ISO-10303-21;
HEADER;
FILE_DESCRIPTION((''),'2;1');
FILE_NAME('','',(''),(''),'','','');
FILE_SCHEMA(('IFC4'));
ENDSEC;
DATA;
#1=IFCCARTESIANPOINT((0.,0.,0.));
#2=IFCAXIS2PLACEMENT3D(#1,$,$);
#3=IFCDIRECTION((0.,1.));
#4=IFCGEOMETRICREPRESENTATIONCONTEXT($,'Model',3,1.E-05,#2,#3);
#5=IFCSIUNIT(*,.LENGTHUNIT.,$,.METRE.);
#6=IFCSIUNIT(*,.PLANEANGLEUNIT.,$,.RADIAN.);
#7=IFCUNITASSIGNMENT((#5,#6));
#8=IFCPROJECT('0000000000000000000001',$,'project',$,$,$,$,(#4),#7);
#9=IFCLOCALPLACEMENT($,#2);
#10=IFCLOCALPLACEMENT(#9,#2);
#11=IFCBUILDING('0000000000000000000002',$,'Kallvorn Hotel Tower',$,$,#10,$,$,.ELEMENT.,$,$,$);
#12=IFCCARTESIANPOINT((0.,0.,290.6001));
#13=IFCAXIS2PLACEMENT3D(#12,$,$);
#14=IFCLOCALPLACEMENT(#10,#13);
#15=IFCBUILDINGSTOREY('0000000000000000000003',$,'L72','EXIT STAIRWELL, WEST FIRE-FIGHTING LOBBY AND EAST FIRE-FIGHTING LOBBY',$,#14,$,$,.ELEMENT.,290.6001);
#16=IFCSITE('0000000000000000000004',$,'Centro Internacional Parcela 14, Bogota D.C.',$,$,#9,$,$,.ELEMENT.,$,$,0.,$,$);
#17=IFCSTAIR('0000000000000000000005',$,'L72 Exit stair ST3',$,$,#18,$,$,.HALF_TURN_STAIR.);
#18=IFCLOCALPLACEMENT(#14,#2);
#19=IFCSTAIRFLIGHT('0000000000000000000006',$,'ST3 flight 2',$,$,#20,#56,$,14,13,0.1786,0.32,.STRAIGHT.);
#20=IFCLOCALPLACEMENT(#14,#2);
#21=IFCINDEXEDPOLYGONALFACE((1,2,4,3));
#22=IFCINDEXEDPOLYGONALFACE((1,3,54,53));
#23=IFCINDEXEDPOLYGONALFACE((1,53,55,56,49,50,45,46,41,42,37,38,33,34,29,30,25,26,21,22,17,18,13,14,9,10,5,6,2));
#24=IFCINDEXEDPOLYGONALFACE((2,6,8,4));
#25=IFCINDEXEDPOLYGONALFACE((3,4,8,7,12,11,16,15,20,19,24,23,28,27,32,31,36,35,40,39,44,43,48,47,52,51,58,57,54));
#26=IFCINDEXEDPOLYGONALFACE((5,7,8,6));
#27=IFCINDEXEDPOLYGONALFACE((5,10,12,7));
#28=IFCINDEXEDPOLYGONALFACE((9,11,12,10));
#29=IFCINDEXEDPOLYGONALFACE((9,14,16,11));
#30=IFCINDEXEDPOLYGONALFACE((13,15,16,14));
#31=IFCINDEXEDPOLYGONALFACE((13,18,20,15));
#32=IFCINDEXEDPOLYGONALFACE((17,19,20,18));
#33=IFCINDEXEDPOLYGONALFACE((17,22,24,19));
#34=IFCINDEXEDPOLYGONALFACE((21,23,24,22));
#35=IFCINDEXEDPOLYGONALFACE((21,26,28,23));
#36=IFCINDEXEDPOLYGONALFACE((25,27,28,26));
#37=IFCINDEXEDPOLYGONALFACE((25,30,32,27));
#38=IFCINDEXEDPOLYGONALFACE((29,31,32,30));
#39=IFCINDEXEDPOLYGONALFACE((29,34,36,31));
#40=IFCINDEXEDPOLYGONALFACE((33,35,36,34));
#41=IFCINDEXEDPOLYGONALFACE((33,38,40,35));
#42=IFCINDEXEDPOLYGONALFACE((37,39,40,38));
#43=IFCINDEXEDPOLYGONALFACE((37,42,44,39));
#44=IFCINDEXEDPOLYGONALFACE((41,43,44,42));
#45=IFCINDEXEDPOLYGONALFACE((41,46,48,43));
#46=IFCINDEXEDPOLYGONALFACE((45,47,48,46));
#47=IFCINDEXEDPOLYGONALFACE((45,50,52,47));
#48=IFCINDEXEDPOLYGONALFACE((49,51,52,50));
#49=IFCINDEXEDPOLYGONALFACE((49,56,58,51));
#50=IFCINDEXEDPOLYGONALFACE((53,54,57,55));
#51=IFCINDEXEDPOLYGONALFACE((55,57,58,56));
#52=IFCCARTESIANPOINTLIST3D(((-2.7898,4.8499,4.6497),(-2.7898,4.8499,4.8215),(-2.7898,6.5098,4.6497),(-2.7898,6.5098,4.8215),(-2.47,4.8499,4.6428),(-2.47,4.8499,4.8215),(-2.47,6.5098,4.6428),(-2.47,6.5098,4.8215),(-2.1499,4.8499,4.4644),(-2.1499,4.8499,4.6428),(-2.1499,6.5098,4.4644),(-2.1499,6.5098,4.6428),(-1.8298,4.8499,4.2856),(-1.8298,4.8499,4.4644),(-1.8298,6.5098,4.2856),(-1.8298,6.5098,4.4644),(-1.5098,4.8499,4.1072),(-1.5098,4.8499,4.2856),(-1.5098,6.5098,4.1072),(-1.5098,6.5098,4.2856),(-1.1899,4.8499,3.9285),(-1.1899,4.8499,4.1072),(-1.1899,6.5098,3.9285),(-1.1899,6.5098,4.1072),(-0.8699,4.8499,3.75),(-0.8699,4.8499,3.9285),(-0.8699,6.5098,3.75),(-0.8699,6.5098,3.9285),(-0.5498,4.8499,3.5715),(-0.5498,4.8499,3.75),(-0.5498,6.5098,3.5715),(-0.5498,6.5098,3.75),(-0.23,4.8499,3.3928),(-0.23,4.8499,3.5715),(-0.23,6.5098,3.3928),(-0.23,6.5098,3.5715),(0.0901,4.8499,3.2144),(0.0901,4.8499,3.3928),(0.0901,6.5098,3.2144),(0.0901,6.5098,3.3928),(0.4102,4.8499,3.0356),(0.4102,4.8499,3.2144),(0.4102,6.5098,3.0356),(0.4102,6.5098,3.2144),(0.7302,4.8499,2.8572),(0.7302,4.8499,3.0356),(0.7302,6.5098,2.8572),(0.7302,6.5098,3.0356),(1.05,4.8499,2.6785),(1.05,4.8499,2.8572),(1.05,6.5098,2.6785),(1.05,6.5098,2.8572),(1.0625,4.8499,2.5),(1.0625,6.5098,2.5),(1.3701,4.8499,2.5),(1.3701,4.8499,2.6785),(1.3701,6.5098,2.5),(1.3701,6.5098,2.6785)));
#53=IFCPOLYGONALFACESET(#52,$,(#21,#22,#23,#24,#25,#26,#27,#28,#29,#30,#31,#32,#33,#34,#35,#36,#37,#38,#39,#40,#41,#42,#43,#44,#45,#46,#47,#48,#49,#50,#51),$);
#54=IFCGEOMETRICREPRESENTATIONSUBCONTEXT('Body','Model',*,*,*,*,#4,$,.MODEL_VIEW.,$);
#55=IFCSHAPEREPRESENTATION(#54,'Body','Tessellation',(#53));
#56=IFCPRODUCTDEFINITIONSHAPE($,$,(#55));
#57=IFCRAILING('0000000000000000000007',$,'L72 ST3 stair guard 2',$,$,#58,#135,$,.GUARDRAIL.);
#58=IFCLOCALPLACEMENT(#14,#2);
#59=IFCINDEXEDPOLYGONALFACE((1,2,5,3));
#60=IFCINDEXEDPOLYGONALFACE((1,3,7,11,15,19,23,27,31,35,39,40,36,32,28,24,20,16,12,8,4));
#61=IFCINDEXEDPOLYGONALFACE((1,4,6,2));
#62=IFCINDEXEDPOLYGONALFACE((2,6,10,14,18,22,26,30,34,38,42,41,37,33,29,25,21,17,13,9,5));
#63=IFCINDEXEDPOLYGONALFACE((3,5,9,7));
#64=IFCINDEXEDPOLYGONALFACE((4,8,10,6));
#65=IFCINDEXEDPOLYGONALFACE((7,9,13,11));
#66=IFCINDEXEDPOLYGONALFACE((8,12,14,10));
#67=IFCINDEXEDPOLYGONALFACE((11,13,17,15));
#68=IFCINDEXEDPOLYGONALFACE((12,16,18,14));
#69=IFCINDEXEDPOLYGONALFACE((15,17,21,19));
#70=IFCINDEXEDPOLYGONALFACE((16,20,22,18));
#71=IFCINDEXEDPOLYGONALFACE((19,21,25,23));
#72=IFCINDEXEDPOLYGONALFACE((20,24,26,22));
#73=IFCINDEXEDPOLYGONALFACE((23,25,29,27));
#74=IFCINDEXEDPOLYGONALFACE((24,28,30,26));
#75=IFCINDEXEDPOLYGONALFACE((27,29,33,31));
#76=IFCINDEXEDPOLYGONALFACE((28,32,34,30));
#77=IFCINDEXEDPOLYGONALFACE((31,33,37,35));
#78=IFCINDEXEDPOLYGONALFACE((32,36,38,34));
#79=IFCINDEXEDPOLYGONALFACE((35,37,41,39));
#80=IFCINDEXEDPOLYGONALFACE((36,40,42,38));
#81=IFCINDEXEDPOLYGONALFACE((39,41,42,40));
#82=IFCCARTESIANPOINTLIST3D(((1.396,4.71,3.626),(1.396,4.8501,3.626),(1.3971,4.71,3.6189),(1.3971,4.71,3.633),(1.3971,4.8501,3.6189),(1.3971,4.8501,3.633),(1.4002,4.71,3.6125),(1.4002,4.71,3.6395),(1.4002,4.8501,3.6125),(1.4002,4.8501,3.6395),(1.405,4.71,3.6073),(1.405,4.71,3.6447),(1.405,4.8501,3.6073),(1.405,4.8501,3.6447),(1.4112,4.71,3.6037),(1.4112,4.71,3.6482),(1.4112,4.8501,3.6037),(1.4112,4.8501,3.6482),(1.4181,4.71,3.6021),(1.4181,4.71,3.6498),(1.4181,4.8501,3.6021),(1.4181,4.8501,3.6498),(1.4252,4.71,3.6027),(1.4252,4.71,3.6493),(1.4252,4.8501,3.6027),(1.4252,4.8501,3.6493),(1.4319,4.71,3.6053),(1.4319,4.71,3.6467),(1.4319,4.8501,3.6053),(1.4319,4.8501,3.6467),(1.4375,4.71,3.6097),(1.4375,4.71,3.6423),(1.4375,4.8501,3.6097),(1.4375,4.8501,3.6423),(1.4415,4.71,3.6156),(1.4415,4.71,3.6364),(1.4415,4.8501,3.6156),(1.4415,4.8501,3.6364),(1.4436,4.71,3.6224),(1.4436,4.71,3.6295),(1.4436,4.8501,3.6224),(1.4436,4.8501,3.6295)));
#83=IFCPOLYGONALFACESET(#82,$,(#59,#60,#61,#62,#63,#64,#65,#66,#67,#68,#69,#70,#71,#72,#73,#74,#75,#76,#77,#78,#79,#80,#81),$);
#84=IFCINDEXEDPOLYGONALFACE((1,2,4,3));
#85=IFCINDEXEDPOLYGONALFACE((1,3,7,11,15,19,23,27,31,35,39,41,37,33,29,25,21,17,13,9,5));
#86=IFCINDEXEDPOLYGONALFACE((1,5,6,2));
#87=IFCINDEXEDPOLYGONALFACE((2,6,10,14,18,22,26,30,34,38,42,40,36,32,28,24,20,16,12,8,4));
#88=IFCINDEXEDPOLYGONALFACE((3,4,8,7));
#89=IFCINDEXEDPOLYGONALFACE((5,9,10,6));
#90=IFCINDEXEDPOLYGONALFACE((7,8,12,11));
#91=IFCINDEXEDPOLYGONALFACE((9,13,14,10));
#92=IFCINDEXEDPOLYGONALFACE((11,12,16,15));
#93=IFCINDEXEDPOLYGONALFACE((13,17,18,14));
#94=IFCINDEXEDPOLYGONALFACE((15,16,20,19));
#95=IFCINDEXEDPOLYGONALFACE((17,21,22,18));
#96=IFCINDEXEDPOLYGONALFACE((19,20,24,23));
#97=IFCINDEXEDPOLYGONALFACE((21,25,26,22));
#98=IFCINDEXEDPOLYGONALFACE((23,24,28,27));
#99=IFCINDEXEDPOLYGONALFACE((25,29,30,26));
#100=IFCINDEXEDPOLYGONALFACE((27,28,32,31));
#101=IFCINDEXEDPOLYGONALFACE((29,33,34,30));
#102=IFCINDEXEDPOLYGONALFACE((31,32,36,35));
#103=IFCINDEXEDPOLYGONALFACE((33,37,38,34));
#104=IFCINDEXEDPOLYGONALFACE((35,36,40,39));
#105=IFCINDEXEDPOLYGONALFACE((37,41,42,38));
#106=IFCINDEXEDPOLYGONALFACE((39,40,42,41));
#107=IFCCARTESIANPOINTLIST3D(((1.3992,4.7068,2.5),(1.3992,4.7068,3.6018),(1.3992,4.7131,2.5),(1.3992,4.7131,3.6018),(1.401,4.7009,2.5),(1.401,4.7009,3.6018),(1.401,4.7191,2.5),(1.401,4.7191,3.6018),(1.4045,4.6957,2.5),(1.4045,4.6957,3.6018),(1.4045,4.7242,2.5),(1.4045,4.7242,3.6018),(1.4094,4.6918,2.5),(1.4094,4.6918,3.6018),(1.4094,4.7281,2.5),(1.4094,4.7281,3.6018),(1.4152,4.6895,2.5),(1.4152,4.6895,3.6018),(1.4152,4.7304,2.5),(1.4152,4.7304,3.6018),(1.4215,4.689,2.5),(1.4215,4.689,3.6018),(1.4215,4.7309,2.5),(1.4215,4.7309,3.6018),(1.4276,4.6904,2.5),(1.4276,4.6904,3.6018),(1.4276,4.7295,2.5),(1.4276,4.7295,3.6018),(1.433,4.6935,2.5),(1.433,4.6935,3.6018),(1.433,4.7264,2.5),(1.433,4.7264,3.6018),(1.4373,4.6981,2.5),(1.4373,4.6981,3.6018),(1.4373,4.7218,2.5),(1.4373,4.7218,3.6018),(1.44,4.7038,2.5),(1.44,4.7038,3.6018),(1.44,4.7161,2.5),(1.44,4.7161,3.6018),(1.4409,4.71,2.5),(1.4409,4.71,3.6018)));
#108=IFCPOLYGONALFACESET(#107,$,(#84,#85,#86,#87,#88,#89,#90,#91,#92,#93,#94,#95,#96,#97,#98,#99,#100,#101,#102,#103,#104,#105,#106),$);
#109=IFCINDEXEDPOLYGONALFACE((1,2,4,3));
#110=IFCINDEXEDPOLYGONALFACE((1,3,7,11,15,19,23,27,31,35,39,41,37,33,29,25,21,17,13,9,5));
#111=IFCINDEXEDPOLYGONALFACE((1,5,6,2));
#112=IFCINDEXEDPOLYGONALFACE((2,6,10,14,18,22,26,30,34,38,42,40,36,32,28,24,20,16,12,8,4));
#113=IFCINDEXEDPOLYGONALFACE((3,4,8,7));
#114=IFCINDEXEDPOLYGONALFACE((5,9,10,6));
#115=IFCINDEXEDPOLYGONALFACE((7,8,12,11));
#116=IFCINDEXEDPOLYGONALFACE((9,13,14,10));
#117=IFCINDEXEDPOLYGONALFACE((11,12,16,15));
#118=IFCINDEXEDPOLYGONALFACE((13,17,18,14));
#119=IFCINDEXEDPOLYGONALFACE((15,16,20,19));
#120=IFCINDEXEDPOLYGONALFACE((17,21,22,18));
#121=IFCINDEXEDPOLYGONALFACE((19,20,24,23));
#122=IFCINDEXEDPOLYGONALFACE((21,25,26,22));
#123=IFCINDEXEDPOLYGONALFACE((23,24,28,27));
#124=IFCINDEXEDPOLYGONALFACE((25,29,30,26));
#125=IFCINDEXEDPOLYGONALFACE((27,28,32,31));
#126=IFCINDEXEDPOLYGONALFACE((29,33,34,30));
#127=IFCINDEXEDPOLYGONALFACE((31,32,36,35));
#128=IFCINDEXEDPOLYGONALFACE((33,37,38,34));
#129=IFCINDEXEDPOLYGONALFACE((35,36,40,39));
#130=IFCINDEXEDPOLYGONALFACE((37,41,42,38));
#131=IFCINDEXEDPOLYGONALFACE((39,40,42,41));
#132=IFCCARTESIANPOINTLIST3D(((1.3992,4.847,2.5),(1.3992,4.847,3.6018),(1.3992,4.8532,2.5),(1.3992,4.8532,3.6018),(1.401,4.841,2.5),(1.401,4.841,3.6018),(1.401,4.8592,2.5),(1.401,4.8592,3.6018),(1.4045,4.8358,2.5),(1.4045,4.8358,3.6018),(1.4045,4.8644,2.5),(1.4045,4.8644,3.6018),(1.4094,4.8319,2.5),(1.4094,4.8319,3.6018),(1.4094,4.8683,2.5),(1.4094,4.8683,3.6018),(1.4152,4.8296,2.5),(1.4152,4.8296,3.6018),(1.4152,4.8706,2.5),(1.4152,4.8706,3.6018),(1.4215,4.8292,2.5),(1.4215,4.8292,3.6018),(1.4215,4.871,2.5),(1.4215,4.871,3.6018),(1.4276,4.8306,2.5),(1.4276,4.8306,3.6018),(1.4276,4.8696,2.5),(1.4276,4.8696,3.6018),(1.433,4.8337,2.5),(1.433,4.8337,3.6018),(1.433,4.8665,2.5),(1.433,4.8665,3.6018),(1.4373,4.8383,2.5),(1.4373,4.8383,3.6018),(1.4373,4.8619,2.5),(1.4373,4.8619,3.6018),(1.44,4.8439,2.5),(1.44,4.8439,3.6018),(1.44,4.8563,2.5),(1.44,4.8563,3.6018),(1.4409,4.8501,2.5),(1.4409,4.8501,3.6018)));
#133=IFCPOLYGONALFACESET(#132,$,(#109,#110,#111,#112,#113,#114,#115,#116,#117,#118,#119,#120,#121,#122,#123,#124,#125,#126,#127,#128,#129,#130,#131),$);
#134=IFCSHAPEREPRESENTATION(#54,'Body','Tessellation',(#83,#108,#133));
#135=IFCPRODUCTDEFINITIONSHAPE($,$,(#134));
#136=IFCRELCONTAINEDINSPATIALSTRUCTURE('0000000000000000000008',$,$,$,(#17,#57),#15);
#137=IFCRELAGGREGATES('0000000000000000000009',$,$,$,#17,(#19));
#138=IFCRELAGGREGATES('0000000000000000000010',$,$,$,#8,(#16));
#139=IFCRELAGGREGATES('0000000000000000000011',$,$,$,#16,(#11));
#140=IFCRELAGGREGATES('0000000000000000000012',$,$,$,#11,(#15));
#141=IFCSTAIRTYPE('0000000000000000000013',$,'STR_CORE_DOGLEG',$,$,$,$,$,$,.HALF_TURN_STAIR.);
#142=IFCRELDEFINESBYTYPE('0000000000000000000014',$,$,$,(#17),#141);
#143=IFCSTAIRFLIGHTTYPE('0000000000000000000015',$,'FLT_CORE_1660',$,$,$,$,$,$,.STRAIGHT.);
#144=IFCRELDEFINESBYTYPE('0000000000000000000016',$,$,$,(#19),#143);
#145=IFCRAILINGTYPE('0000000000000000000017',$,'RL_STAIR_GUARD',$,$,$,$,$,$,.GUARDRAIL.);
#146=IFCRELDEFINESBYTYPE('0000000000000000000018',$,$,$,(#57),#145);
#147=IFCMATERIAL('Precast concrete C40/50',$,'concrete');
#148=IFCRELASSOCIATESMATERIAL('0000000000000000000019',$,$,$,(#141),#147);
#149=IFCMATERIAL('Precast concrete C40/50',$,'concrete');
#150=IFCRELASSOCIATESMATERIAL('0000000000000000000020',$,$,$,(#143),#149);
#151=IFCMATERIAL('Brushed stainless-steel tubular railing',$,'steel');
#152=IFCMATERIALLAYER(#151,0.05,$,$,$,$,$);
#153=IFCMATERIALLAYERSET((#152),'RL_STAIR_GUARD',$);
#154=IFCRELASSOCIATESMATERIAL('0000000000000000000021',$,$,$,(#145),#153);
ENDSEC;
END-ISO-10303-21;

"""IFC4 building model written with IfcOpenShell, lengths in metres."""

from ifc_helpers import new_model, si_unit, direction, frame, origin, origin_2d, place, context, subcontext, project, spatial, polyline, circle, outline, extrude, material, layer, layer_set, type_object, element, aggregate, save


model = new_model("IFC4")

# Units and contexts
model_context = context("Model", 3, precision=1e-05, world=origin(), true_north=direction((0.0, 1.0)))
body_context = subcontext(model_context, "Body", "Model", "MODEL_VIEW")
ifc_project = project(units=[si_unit("LENGTHUNIT", "METRE"), si_unit("PLANEANGLEUNIT", "RADIAN")], contexts=[model_context])

# Site, building, storey
site_placement = place(None, origin())
site = spatial("IfcSite", under=ifc_project, at=site_placement, Name="Centro Internacional Parcela 14, Bogota D.C.", CompositionType="ELEMENT", RefElevation=0.0)
building_placement = place(site_placement, origin())
building = spatial("IfcBuilding", under=site, at=building_placement, Name="Kallvorn Hotel Tower", CompositionType="ELEMENT")
storey_placement = place(building_placement, frame((0.0, 0.0, 290.6001)))
storey = spatial("IfcBuildingStorey", under=building, at=storey_placement, Name="L72", Description="EXIT STAIRWELL, WEST FIRE-FIGHTING LOBBY AND EAST FIRE-FIGHTING LOBBY", CompositionType="ELEMENT", Elevation=290.6001)

# Stair
ifc_material_1 = material(Name="Precast concrete C40/50", Category="concrete")
stair_type = type_object("IfcStairType", Name="STR_CORE_DOGLEG", PredefinedType="HALF_TURN_STAIR", material=ifc_material_1)
stair_1_placement = place(storey_placement, origin())
stair_1 = element("IfcStair", 1, at=stair_1_placement, inside=storey, type_object=stair_type, Name="L72 Exit stair ST3", PredefinedType="HALF_TURN_STAIR")

# Stair flight
ifc_material_2 = material(Name="Precast concrete C40/50", Category="concrete")
stair_flight_type = type_object("IfcStairFlightType", Name="FLT_CORE_1660", PredefinedType="STRAIGHT", material=ifc_material_2)
stair_flight_placement = place(storey_placement, frame((1.3701, 5.6799, 2.5), z_axis=(0.0, 0.0, 1.0), x_axis=(-1.0, 0.0, 0.0)))
stair_flight = element("IfcStairFlight", 2, at=stair_flight_placement, type_object=stair_flight_type, Name="ST3 flight 2", NumberOfRisers=14, NumberOfTreads=13, PredefinedType="STRAIGHT", RiserHeight=0.1786, TreadLength=0.32, context=body_context, shape_type="SweptSolid", body=[
    extrude(outline(polyline([(0.0, 0.0), (0.0, 0.1785), (0.3201, 0.1785), (0.3201, 0.3572), (0.6399, 0.3572), (0.6399, 0.5356), (0.96, 0.5356), (0.96, 0.7144), (1.28, 0.7144), (1.28, 0.8928), (1.6001, 0.8928), (1.6001, 1.0715), (1.9199, 1.0715), (1.9199, 1.25), (2.24, 1.25), (2.24, 1.4285), (2.5601, 1.4285), (2.5601, 1.6072), (2.8799, 1.6072), (2.8799, 1.7856), (3.2, 1.7856), (3.2, 1.9644), (3.52, 1.9644), (3.52, 2.1428), (3.8401, 2.1428), (3.8401, 2.3215), (4.1599, 2.3215), (4.1599, 2.5), (4.1599, 2.1497), (0.3076, 0.0), (0.0, 0.0)])), frame((0.0, 0.8301, 0.0), z_axis=(0.0, -1.0, 0.0), x_axis=(1.0, 0.0, 0.0)), (0.0, 0.0, 1.0), 1.6599),
])
aggregate(stair_1, [stair_flight])

# Railing
ifc_material_3 = material(Name="Brushed stainless-steel tubular railing", Category="steel")
ifc_layer_1 = layer(ifc_material_3, 0.05)
ifc_layer_set_1 = layer_set([ifc_layer_1], Name="RL_STAIR_GUARD")
railing_type_1 = type_object("IfcRailingType", Name="RL_STAIR_GUARD", PredefinedType="GUARDRAIL", material=ifc_layer_set_1)
railing_1_placement = place(storey_placement, frame((1.4199, 4.71, 2.5)))
element("IfcRailing", 3, at=railing_1_placement, inside=storey, type_object=railing_type_1, Name="L72 ST3 stair guard 2", PredefinedType="GUARDRAIL", context=body_context, shape_type="SweptSolid", body=[
    extrude(circle(Radius=0.0239, at=origin_2d()), frame((0.0, 0.0, 1.126), z_axis=(0.0, 1.0, 0.0), x_axis=(-1.0, 0.0, 0.0)), (0.0, 0.0, 1.0), 0.1401),
    extrude(circle(Radius=0.021, at=origin_2d()), origin(), (0.0, 0.0, 1.0), 1.1018),
    extrude(circle(Radius=0.021, at=origin_2d()), frame((0.0, 0.1401, 0.0)), (0.0, 0.0, 1.0), 1.1018),
])

save(model, "model.ifc")
